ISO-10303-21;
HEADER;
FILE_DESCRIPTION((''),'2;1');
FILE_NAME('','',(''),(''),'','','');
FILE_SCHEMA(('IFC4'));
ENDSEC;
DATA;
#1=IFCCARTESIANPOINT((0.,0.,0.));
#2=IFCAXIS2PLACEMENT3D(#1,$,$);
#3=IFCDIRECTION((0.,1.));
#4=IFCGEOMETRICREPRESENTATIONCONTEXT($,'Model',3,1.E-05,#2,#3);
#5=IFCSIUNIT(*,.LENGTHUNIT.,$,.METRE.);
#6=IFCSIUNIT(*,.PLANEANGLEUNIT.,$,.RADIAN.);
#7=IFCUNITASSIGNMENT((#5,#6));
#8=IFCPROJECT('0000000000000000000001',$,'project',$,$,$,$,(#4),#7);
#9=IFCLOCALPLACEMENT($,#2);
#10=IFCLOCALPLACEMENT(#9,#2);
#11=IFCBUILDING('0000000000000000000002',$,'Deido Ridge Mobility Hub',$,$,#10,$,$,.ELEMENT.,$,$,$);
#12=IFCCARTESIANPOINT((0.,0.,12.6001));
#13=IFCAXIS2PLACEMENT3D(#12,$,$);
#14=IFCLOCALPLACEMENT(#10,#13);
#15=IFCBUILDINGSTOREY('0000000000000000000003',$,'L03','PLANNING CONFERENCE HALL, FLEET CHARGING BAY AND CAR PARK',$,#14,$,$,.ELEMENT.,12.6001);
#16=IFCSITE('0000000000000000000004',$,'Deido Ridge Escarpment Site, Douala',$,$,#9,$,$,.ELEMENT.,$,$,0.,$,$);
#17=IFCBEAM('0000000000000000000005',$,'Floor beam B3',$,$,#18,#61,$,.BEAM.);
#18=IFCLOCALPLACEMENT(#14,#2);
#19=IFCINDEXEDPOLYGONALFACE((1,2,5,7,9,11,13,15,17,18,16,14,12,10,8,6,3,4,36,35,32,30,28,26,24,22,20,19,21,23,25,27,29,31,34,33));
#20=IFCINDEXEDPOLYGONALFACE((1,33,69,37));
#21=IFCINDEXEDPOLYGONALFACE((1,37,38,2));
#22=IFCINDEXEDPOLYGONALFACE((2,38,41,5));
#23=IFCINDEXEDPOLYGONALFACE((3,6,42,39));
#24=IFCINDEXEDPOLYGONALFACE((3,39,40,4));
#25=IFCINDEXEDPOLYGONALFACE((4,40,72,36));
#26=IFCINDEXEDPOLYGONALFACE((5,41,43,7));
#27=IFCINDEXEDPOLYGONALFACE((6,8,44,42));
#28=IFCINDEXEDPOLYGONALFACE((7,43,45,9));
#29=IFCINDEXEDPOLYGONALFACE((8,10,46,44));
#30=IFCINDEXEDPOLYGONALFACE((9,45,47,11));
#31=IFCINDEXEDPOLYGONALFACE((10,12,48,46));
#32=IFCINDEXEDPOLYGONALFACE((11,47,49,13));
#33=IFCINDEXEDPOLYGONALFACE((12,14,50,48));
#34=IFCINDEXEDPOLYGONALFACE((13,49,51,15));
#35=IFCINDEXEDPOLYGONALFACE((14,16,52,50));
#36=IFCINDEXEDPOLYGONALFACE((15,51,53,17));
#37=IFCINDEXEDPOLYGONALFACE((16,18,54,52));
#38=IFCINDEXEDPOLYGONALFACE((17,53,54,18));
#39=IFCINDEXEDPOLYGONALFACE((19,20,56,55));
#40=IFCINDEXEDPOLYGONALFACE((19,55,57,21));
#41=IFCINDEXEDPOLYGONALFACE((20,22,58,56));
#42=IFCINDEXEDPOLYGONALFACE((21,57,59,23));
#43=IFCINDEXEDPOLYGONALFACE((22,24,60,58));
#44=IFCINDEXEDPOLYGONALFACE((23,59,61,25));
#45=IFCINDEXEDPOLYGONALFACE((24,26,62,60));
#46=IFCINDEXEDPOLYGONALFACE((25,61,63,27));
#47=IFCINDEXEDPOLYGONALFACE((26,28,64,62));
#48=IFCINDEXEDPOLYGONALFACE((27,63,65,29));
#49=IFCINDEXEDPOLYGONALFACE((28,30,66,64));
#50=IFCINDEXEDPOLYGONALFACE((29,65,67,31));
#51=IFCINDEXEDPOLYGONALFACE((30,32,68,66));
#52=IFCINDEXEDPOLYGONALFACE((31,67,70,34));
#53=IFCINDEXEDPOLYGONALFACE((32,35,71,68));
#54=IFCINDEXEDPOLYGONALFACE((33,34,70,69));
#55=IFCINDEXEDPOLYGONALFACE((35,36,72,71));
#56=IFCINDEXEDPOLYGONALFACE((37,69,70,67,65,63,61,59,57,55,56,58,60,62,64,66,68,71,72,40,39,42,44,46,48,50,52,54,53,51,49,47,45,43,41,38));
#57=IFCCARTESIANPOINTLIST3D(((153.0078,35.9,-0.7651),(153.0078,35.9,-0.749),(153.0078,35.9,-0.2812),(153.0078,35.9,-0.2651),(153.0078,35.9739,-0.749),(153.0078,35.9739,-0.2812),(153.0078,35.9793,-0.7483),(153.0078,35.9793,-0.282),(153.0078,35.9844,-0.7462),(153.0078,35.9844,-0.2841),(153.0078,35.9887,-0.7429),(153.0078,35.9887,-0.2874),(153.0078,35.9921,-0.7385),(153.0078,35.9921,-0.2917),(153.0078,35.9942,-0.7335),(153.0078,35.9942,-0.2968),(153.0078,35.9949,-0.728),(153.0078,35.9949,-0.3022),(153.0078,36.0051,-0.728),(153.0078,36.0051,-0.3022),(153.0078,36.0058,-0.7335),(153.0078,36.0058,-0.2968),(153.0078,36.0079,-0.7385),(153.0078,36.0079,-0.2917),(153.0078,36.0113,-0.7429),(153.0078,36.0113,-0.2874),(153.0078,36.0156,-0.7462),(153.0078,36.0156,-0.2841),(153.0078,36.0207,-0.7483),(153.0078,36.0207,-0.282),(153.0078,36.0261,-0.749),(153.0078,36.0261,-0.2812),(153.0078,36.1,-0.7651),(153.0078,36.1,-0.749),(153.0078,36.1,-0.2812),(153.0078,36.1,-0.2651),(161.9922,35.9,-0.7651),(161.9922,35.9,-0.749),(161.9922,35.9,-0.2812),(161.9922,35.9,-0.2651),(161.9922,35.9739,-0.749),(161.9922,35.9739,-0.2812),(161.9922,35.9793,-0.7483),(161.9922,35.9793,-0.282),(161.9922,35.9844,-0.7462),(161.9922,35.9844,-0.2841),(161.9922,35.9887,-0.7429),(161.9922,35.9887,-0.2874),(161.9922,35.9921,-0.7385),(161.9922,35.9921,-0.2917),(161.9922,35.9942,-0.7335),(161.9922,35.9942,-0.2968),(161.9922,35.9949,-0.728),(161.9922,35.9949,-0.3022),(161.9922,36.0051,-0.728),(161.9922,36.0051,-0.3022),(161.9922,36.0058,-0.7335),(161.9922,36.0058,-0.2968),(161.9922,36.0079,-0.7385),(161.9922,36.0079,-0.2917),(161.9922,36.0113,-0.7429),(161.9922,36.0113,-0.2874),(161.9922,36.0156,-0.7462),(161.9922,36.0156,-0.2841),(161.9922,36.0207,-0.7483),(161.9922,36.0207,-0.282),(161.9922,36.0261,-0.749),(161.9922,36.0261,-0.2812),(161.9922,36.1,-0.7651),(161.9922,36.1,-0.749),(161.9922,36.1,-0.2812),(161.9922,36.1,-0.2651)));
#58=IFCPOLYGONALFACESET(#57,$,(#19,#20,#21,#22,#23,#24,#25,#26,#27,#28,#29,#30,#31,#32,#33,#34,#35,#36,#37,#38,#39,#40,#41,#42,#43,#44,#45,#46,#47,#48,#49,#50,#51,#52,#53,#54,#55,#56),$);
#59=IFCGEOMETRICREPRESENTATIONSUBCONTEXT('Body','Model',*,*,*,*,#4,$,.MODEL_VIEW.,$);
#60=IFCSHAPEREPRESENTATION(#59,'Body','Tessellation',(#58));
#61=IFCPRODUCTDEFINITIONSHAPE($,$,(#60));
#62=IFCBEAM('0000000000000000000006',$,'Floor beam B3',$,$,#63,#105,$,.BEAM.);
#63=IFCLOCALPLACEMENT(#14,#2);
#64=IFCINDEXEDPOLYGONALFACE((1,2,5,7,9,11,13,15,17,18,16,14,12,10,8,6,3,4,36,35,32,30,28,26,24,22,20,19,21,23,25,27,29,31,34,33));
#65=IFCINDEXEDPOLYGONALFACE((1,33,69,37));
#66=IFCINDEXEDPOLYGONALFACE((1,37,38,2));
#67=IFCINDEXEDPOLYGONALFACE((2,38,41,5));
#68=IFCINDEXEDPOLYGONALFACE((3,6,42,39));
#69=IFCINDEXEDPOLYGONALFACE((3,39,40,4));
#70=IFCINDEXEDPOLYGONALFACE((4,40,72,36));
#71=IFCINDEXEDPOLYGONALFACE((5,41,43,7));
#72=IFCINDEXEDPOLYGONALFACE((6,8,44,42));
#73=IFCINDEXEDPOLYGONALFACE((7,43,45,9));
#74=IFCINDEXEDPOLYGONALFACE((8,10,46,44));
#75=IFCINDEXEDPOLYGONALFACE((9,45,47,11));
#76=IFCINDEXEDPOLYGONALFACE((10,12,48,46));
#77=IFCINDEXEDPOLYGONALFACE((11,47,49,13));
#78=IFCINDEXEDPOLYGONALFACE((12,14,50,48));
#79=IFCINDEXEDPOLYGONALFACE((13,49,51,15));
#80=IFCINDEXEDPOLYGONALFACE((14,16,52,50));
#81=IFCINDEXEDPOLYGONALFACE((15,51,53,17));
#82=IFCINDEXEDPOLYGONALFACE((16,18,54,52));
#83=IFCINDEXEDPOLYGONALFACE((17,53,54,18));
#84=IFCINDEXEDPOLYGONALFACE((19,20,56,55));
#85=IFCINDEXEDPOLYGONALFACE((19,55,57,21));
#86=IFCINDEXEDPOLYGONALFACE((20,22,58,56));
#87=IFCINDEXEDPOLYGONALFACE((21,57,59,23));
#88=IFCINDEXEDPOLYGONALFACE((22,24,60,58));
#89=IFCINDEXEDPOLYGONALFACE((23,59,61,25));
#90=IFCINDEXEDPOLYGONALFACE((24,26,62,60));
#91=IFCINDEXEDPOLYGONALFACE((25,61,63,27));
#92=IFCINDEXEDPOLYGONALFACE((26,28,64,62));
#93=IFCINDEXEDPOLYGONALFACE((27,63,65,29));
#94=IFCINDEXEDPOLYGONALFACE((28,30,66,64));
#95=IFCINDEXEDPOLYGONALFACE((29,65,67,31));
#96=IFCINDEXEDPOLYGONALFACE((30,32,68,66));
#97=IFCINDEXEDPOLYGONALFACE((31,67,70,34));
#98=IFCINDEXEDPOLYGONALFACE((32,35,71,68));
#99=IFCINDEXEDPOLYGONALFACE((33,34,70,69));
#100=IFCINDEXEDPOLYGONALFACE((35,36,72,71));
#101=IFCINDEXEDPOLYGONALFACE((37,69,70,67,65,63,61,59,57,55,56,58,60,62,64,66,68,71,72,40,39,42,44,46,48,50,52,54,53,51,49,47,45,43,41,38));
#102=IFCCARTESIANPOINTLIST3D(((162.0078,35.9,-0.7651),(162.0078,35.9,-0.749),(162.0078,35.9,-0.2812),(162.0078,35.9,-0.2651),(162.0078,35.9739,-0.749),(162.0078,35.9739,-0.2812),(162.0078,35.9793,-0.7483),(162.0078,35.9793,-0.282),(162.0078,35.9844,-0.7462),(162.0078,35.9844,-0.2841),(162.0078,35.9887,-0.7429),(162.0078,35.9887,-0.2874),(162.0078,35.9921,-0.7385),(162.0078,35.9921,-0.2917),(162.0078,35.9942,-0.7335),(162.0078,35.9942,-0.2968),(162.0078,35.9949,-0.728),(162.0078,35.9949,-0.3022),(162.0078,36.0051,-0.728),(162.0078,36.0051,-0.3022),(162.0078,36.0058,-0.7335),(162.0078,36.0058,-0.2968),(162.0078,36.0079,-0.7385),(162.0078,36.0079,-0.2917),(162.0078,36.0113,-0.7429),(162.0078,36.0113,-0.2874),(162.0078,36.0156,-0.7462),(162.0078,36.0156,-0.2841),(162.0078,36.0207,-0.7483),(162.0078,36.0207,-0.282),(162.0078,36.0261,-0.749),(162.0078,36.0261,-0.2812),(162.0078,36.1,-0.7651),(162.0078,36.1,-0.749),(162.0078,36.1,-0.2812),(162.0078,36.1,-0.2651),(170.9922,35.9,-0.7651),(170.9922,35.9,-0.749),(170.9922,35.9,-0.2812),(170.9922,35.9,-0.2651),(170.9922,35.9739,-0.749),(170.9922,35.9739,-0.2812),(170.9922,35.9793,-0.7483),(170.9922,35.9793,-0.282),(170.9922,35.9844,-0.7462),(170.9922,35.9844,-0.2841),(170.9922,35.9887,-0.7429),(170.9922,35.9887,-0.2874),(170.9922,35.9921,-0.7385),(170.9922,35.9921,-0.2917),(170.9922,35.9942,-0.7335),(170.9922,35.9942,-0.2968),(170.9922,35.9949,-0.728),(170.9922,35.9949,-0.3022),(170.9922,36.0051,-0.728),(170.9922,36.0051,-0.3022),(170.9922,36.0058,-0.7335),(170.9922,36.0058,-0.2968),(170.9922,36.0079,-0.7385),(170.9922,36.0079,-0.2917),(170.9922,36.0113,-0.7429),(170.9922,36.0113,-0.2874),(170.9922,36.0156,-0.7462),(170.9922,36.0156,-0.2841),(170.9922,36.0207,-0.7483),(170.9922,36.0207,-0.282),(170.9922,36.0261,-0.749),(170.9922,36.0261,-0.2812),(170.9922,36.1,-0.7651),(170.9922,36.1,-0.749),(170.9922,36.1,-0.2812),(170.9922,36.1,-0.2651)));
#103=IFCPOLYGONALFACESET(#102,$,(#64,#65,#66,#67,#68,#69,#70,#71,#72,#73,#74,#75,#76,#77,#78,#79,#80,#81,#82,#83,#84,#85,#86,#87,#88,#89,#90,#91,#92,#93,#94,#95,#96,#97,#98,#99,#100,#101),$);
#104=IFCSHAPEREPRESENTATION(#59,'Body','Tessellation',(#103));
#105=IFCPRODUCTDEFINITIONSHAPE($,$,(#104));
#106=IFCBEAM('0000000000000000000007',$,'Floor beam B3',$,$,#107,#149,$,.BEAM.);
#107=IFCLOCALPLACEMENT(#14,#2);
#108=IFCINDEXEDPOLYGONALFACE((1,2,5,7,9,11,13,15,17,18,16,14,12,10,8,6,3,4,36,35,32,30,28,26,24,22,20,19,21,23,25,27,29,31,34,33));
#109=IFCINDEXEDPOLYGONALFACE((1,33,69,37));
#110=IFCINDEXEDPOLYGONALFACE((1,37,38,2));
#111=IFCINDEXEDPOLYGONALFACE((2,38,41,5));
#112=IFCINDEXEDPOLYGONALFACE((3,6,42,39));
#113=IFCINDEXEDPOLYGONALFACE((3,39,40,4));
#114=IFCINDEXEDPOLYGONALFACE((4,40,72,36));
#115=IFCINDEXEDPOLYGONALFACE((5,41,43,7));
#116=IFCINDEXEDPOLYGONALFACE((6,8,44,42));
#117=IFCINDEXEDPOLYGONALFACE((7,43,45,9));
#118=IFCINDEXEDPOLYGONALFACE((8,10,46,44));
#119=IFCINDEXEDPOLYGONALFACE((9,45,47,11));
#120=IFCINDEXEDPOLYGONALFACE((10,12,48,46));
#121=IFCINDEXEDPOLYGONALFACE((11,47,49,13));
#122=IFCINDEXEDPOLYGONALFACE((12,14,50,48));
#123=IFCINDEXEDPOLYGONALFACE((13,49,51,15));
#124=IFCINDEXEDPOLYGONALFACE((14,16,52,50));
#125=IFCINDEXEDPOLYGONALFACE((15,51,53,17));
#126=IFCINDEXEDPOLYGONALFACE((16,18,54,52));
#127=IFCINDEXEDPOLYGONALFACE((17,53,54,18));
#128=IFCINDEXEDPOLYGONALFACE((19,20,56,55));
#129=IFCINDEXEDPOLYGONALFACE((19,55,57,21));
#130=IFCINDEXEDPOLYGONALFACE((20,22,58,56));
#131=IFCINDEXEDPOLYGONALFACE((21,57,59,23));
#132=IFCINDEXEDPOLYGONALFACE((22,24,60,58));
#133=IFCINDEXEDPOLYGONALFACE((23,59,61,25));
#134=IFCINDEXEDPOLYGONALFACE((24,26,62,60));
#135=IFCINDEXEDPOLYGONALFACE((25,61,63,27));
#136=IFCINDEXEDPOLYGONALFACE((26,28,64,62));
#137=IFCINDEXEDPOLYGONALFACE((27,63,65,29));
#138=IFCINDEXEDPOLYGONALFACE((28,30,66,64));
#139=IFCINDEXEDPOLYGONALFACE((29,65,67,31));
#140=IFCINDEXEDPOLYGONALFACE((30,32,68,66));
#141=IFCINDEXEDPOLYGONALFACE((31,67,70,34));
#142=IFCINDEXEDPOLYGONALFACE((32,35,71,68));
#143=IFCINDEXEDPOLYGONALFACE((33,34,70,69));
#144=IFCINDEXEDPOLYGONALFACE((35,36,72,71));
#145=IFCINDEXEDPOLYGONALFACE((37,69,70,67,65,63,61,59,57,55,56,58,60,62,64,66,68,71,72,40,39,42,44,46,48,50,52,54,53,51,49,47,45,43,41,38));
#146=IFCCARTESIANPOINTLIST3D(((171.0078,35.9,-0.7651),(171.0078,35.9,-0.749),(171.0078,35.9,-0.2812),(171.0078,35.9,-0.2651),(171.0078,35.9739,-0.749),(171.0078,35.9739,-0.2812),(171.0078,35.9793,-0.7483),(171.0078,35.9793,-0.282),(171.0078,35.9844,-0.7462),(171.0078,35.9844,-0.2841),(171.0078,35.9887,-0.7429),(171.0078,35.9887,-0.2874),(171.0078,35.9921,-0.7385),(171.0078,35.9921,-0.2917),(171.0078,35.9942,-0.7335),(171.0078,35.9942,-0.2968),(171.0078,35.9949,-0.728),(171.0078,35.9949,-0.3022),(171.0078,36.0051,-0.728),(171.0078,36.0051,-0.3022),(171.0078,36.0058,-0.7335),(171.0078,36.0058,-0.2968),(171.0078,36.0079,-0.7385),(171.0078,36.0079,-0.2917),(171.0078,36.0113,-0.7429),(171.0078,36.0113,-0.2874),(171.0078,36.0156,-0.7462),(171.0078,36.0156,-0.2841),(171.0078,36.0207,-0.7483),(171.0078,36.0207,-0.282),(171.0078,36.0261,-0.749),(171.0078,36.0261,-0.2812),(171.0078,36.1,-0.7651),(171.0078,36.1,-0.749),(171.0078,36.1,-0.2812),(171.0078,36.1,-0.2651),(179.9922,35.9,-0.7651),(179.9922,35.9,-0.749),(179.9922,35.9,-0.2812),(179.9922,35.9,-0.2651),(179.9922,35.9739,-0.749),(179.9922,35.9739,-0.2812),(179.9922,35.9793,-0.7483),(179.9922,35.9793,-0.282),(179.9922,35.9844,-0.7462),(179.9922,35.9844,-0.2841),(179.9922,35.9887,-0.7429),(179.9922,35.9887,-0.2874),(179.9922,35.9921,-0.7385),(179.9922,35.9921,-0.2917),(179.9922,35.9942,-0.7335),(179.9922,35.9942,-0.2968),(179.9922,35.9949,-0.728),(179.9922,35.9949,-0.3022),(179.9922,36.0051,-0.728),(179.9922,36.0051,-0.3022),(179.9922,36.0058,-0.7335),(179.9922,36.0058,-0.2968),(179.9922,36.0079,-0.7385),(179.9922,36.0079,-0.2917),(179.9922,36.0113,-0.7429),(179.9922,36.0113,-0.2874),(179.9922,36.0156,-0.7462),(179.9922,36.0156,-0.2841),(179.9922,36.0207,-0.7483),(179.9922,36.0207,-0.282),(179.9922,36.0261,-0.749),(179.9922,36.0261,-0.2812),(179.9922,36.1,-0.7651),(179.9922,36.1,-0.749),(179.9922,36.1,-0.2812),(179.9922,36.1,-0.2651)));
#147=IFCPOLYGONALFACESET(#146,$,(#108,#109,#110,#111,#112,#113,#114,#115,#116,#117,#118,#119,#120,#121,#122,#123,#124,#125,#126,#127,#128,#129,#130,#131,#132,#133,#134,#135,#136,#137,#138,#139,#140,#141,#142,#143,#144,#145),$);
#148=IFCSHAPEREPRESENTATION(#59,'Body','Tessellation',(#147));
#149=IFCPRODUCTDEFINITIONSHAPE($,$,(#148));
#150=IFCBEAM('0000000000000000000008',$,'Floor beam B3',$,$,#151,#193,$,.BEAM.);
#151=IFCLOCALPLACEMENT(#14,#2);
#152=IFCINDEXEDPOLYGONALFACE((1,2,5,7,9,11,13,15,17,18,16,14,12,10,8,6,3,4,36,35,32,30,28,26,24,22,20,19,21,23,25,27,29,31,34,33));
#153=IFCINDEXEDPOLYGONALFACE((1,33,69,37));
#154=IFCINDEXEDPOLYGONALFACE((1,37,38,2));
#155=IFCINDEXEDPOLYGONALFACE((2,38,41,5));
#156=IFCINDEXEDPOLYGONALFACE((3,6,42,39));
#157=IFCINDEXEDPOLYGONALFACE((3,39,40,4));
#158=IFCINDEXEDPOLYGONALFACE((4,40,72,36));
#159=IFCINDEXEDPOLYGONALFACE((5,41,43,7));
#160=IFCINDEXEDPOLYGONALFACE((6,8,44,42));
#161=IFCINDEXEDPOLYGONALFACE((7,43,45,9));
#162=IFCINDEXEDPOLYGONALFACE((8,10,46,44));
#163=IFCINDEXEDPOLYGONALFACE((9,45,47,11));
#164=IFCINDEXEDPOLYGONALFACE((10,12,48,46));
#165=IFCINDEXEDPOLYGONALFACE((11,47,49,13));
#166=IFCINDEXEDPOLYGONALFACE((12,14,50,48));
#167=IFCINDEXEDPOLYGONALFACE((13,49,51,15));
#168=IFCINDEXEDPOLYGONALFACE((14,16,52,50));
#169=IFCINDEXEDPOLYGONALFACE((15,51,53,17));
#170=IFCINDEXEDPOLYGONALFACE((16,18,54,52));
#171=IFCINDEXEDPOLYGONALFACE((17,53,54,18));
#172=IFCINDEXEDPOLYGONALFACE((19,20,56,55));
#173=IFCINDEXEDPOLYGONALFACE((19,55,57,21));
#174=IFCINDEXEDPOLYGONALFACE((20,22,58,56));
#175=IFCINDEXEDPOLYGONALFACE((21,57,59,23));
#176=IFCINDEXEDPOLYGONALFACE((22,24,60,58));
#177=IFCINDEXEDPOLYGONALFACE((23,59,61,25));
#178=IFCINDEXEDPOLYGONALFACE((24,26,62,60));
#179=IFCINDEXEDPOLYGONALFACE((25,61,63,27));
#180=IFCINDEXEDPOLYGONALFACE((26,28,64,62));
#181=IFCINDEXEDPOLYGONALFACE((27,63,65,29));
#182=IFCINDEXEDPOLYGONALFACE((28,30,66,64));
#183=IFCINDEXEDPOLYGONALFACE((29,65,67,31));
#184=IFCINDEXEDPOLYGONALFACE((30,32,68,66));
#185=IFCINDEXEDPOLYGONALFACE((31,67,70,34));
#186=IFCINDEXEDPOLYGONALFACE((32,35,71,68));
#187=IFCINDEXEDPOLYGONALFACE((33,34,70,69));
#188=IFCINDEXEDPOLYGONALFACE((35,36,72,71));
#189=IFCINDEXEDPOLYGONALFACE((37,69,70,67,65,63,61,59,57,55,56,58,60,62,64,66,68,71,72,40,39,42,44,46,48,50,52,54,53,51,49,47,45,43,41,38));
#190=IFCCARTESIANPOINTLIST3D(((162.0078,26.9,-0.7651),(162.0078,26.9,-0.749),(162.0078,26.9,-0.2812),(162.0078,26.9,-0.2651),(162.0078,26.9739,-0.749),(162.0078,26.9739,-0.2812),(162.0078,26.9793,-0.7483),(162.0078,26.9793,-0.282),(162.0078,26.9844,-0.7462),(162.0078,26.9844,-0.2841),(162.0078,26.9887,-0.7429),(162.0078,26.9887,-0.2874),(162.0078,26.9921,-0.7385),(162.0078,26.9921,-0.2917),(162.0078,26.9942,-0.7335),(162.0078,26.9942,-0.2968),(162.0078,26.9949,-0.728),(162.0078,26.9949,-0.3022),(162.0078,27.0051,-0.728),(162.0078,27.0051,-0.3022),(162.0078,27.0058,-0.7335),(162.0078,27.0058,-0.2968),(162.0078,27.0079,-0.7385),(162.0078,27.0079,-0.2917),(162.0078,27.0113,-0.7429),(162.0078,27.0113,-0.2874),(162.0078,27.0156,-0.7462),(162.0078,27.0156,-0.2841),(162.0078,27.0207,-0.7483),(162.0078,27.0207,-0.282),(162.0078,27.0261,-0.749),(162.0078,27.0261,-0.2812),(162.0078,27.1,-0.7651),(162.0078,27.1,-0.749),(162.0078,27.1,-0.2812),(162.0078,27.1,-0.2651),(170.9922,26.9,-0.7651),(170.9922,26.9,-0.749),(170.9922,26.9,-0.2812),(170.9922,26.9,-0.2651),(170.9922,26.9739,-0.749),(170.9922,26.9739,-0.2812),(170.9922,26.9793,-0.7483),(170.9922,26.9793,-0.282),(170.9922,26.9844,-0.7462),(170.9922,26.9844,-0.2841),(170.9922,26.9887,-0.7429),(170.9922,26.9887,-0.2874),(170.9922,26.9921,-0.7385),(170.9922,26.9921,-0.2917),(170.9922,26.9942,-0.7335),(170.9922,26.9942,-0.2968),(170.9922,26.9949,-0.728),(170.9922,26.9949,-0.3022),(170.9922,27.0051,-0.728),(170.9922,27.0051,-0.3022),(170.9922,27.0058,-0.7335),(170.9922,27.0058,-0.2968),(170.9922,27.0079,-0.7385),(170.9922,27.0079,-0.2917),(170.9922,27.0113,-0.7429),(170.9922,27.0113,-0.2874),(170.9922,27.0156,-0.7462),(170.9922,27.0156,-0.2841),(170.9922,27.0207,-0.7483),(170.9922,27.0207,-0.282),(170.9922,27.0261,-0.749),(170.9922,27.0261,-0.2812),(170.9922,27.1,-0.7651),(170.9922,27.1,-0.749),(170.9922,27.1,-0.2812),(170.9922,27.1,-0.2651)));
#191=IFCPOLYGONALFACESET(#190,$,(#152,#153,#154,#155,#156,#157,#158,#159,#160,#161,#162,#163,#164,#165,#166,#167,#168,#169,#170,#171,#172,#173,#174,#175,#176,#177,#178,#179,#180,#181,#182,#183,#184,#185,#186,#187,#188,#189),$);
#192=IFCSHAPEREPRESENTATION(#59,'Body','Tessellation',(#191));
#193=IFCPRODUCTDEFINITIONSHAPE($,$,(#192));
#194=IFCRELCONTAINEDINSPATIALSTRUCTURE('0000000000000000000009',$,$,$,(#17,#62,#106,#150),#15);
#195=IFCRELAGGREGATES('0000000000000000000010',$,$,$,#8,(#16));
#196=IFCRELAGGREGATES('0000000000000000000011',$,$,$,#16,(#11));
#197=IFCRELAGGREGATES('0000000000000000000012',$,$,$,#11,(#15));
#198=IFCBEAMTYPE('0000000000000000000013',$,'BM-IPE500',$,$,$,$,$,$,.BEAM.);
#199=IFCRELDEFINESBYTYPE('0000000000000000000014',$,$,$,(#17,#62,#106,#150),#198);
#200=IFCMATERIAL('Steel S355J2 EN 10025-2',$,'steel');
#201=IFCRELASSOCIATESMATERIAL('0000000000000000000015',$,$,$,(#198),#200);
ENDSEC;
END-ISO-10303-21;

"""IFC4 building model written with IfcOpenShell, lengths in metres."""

from ifc_helpers import new_model, si_unit, direction, frame, origin, origin_2d, place, context, subcontext, project, spatial, i_section, extrude, material, material_profile, profile_set, type_object, element, save


model = new_model("IFC4")

# Units and contexts
model_context = context("Model", 3, precision=1e-05, world=origin(), true_north=direction((0.0, 1.0)))
body_context = subcontext(model_context, "Body", "Model", "MODEL_VIEW")
ifc_project = project(units=[si_unit("LENGTHUNIT", "METRE"), si_unit("PLANEANGLEUNIT", "RADIAN")], contexts=[model_context])

# Site, building, storey
site_placement = place(None, origin())
site = spatial("IfcSite", under=ifc_project, at=site_placement, Name="Deido Ridge Escarpment Site, Douala", CompositionType="ELEMENT", RefElevation=0.0)
building_placement = place(site_placement, origin())
building = spatial("IfcBuilding", under=site, at=building_placement, Name="Deido Ridge Mobility Hub", CompositionType="ELEMENT")
storey_placement = place(building_placement, frame((0.0, 0.0, 12.6001)))
storey = spatial("IfcBuildingStorey", under=building, at=storey_placement, Name="L03", Description="PLANNING CONFERENCE HALL, FLEET CHARGING BAY AND CAR PARK", CompositionType="ELEMENT", Elevation=12.6001)

# Shared definitions
ifc_material_1 = material(Name="Steel S355J2 EN 10025-2", Category="steel")

# Beams
ifc_material_profile_1 = material_profile(ifc_material_1, i_section(OverallWidth=0.2, OverallDepth=0.5, WebThickness=0.0103, FlangeThickness=0.0161, FilletRadius=0.021, at=origin_2d()), Name="IPE 500")
ifc_profile_set_1 = profile_set([ifc_material_profile_1], Name="Steel S355J2 EN 10025-2")
beam_type_1 = type_object("IfcBeamType", Name="BM-IPE500", PredefinedType="BEAM", material=ifc_profile_set_1)
for number, where, z_axis, x_axis, name in (
    (1, (153.0078, 36.0, -0.5151), (1.0, 0.0, 0.0), (0.0, 1.0, 0.0), "Floor beam B3"),
    (2, (162.0078, 36.0, -0.5151), (1.0, 0.0, 0.0), (0.0, 1.0, 0.0), "Floor beam B3"),
    (3, (171.0078, 36.0, -0.5151), (1.0, 0.0, 0.0), (0.0, 1.0, 0.0), "Floor beam B3"),
    (4, (162.0078, 27.0, -0.5151), (1.0, 0.0, 0.0), (0.0, 1.0, 0.0), "Floor beam B3"),
):
    element("IfcBeam", number, at=place(storey_placement, frame(where, z_axis=z_axis, x_axis=x_axis)), inside=storey, type_object=beam_type_1, Name=name, PredefinedType="BEAM", context=body_context, shape_type="SweptSolid", body=[
        extrude(i_section(OverallWidth=0.2, OverallDepth=0.5, WebThickness=0.0103, FlangeThickness=0.0161, FilletRadius=0.021, at=origin_2d()), origin(), (0.0, 0.0, 1.0), 8.9844),
    ])

save(model, "model.ifc")
